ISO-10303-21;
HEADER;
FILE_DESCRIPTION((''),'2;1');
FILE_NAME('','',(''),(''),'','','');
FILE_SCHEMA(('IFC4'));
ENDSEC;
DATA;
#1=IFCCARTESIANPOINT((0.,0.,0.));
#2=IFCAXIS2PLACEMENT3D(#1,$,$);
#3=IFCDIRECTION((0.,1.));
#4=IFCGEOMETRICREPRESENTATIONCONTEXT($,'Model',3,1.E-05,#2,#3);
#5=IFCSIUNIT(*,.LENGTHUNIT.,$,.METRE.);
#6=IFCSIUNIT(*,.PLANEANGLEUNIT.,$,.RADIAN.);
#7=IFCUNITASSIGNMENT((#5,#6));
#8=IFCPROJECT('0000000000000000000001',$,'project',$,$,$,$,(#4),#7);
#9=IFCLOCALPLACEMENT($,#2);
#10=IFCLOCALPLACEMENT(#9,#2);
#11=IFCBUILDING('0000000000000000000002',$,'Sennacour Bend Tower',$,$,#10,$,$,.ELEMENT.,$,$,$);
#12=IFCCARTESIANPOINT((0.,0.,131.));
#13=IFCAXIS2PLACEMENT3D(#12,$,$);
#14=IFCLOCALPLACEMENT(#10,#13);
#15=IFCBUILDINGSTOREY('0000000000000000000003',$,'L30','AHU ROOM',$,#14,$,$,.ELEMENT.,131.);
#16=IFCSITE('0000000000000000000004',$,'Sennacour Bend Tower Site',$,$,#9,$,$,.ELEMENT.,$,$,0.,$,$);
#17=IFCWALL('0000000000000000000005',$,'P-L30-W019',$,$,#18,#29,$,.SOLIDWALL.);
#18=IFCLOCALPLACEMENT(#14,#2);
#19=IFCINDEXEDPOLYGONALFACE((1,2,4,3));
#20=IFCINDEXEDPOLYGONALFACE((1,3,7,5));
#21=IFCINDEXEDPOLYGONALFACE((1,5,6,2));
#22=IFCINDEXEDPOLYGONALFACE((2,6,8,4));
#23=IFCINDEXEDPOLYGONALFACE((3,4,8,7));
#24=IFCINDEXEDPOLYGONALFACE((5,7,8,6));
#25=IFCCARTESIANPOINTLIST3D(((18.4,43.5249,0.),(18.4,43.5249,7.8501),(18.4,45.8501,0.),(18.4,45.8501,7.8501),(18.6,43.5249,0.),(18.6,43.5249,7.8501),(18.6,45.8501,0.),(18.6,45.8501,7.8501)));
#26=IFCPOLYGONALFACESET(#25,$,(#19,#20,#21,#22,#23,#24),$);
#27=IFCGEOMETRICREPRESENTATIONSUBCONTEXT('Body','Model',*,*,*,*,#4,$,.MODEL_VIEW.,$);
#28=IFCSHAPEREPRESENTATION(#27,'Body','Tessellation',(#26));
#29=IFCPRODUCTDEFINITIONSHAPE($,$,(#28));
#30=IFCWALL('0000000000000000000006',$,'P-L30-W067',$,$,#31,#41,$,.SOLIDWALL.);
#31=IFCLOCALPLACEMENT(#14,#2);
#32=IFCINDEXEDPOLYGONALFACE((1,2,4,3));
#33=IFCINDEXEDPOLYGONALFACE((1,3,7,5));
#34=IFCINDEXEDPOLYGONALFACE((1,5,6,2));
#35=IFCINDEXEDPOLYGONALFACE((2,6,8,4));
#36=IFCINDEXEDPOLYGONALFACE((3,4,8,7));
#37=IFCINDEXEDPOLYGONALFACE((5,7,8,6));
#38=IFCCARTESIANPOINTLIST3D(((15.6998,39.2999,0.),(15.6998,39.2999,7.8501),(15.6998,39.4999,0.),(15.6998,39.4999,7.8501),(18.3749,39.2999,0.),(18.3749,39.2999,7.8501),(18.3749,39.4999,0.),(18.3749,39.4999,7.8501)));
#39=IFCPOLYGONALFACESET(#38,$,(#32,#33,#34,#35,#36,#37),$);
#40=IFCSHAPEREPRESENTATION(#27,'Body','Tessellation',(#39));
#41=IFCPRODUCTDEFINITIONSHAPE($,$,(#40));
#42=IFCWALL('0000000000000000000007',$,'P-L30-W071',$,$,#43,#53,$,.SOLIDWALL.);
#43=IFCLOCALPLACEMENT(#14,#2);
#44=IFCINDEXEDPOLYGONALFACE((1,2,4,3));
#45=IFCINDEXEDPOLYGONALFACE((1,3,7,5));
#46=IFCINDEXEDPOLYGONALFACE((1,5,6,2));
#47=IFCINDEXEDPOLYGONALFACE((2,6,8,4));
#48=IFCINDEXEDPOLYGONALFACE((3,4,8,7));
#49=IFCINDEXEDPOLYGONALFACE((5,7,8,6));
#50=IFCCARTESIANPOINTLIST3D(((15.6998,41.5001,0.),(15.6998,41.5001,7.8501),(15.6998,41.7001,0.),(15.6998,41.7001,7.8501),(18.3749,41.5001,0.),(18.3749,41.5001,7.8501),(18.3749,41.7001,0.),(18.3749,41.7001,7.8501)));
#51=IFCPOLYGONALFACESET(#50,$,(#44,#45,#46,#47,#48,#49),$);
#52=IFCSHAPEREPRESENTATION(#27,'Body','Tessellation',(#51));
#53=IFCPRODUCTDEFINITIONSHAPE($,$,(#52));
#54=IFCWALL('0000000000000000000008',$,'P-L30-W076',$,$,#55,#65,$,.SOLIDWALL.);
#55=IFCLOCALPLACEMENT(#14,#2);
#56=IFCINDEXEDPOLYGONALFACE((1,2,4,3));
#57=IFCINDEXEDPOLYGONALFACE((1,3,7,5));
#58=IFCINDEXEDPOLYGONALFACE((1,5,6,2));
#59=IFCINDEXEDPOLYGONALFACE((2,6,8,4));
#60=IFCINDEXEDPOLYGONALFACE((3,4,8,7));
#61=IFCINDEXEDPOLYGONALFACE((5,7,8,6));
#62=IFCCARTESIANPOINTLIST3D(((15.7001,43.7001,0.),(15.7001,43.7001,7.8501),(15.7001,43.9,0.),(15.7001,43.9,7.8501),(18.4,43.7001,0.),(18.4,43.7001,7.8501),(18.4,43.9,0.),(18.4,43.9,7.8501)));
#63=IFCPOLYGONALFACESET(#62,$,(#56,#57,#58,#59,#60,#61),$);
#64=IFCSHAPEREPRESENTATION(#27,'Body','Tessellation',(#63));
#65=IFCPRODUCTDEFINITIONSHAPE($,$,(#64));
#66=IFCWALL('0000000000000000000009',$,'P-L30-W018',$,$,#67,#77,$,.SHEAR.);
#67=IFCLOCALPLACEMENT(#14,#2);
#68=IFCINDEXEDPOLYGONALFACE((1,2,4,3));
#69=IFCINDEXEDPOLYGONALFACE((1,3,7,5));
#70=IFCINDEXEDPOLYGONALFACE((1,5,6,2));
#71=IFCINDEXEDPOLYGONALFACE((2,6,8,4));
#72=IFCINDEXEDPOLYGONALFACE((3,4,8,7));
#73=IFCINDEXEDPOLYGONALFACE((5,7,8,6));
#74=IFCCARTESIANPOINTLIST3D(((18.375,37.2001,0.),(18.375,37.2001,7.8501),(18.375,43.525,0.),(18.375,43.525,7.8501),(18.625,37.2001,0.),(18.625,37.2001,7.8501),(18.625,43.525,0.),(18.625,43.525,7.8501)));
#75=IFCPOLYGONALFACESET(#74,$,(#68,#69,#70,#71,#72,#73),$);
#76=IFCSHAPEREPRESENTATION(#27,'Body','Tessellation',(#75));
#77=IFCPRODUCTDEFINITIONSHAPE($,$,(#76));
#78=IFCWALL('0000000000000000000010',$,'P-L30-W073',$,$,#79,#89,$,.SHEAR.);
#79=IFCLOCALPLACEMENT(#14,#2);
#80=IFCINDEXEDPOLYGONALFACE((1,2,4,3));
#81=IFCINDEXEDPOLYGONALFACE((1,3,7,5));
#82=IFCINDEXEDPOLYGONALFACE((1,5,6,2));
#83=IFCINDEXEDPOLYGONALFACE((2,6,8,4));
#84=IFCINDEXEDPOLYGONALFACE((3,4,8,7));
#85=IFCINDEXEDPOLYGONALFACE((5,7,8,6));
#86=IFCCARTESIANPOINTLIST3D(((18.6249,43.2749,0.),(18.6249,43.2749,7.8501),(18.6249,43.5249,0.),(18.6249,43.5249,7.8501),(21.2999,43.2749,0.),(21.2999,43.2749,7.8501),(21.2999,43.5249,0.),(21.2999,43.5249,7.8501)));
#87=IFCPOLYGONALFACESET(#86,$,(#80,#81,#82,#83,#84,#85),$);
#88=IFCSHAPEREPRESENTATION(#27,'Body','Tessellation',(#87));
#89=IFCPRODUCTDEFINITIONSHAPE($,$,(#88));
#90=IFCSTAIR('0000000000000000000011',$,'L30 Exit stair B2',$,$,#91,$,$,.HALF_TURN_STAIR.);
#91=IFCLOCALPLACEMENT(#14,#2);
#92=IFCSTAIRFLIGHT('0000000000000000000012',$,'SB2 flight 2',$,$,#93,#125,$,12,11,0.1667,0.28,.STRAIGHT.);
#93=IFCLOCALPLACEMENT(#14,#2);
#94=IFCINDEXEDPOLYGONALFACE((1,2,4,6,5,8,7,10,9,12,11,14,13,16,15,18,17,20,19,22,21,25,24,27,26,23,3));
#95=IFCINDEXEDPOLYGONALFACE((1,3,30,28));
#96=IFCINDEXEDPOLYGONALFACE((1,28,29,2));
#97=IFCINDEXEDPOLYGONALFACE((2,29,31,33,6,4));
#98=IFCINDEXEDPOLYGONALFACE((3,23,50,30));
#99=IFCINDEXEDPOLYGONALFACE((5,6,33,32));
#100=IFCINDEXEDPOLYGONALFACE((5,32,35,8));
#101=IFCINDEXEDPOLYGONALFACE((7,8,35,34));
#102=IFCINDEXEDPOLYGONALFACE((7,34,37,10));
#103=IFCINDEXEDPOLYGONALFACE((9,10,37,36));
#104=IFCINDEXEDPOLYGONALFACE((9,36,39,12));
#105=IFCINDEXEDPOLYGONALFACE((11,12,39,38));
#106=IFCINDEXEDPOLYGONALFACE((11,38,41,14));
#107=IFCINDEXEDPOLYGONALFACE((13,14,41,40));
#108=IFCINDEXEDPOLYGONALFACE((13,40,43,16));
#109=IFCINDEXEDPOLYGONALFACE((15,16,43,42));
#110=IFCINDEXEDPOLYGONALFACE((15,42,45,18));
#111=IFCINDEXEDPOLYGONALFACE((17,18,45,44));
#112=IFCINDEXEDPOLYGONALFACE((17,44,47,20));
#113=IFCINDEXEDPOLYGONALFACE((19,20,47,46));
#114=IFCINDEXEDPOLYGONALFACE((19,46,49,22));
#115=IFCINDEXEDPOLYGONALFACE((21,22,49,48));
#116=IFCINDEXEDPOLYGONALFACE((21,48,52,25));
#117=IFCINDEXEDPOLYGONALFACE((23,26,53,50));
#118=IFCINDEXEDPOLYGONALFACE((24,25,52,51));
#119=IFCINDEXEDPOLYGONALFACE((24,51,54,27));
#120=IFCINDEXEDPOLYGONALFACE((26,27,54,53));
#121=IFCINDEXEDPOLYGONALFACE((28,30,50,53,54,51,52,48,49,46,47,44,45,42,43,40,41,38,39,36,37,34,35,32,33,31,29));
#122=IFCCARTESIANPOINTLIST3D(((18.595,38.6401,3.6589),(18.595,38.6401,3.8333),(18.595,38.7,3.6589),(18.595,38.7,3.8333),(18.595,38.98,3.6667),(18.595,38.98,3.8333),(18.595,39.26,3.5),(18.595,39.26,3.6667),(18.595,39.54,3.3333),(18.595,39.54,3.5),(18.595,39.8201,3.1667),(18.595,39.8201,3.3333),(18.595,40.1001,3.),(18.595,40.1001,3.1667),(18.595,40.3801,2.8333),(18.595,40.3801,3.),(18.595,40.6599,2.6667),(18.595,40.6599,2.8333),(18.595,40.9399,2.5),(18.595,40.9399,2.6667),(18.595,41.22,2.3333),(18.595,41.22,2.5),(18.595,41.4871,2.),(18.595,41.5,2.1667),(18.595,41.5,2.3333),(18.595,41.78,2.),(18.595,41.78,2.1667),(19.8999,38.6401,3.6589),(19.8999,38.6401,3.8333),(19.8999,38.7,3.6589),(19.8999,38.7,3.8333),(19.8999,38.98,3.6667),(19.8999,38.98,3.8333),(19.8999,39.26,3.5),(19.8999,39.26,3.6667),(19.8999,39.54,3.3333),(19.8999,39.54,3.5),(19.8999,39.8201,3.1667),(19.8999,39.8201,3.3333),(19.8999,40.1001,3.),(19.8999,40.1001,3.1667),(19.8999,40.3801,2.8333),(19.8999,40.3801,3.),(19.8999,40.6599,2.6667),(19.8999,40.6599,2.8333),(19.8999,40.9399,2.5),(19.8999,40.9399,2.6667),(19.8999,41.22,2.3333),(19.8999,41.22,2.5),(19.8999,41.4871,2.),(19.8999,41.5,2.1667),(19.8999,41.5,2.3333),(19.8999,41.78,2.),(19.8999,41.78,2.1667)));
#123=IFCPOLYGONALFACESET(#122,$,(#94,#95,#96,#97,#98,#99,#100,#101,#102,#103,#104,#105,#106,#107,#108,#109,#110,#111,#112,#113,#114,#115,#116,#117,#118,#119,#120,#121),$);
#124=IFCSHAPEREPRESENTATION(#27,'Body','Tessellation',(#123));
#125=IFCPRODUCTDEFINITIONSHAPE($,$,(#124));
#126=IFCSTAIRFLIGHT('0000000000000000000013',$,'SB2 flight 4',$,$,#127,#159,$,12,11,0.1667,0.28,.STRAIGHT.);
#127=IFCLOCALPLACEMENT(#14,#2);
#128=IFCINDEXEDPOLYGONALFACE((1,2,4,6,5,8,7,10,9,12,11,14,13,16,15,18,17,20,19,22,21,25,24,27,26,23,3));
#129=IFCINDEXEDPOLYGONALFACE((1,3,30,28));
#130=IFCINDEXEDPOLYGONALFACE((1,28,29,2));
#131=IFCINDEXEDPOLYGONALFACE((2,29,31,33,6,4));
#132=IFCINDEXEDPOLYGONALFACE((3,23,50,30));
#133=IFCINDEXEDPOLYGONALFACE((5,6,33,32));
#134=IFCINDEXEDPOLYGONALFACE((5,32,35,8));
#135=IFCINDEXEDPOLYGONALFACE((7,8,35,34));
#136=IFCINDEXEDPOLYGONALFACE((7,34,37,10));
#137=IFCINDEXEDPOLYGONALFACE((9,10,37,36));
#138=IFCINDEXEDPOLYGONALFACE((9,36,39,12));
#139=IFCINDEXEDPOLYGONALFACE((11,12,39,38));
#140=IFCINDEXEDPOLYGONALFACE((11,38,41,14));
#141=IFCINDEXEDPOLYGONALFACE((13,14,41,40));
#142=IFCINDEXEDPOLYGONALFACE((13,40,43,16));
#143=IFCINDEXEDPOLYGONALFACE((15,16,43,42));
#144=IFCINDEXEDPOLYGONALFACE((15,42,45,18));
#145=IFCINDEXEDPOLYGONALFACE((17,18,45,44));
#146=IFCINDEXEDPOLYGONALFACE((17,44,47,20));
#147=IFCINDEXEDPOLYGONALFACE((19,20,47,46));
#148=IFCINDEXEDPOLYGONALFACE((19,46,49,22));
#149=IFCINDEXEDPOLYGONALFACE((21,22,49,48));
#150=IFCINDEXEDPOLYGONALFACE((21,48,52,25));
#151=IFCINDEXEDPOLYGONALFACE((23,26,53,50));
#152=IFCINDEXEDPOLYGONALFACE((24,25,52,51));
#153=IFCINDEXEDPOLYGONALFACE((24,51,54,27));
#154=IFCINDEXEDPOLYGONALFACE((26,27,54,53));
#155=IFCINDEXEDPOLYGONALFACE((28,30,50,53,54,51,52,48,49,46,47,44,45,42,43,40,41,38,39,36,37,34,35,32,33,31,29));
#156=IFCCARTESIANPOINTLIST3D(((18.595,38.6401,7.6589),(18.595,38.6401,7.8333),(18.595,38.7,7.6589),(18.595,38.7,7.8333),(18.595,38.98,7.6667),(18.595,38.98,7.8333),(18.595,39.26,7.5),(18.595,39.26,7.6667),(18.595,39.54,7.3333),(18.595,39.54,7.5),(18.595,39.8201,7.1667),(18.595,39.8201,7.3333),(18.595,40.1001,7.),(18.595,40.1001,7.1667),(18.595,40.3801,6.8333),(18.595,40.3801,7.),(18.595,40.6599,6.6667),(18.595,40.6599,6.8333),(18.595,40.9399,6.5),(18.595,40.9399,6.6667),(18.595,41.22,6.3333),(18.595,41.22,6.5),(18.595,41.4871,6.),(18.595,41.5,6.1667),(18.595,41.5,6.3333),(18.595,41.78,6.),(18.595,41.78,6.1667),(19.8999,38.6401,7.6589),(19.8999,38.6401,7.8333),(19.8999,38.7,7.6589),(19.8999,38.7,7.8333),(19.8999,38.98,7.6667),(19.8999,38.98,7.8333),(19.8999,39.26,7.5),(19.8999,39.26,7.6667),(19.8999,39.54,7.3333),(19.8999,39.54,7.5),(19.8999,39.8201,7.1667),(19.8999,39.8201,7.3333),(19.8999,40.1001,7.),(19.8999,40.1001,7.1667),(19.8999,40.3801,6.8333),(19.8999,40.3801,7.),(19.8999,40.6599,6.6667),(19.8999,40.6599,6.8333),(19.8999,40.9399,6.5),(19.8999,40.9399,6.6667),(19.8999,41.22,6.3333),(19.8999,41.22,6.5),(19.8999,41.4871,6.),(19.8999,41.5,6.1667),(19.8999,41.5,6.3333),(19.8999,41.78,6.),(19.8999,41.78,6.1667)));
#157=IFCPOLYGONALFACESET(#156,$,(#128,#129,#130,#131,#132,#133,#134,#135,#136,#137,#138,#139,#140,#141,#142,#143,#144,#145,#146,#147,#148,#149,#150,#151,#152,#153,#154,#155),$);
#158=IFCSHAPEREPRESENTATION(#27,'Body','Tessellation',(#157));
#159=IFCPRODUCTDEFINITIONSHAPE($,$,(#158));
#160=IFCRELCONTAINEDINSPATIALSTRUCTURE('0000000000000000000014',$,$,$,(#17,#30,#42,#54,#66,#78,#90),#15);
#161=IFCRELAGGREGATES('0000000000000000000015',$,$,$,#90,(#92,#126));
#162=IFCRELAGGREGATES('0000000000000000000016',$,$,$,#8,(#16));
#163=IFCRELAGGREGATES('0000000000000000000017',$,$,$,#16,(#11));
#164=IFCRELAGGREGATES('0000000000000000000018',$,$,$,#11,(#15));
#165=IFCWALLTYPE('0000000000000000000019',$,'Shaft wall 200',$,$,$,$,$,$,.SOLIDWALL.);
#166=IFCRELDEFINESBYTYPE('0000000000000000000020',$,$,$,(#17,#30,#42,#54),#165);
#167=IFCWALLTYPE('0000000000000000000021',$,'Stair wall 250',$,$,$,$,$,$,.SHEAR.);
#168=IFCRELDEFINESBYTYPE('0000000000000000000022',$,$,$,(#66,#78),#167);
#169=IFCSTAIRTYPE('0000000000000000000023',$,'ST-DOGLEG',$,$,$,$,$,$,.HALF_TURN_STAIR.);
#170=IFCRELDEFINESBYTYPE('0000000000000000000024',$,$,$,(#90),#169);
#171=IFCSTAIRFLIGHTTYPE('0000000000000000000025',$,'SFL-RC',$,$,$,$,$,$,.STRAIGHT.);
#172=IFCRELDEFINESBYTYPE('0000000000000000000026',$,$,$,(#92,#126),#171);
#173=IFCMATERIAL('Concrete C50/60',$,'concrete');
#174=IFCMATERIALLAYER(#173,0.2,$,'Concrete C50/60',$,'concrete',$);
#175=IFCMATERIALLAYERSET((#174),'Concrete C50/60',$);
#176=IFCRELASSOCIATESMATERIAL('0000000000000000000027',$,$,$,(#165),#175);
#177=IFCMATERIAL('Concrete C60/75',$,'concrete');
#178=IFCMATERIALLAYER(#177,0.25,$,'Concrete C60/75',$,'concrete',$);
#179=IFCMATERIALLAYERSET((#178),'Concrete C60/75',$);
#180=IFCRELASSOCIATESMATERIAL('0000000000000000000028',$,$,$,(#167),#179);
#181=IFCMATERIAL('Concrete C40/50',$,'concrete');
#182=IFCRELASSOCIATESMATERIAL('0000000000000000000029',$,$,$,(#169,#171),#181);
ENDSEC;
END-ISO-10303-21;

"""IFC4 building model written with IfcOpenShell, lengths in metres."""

from ifc_helpers import new_model, si_unit, direction, frame, frame_2d, origin, place, context, subcontext, project, spatial, polyline, rectangle, outline, extrude, material, layer, layer_set, type_object, element, aggregate, save


model = new_model("IFC4")

# Units and contexts
model_context = context("Model", 3, precision=1e-05, world=origin(), true_north=direction((0.0, 1.0)))
body_context = subcontext(model_context, "Body", "Model", "MODEL_VIEW")
ifc_project = project(units=[si_unit("LENGTHUNIT", "METRE"), si_unit("PLANEANGLEUNIT", "RADIAN")], contexts=[model_context])

# Site, building, storey
site_placement = place(None, origin())
site = spatial("IfcSite", under=ifc_project, at=site_placement, Name="Sennacour Bend Tower Site", CompositionType="ELEMENT", RefElevation=0.0)
building_placement = place(site_placement, origin())
building = spatial("IfcBuilding", under=site, at=building_placement, Name="Sennacour Bend Tower", CompositionType="ELEMENT")
storey_placement = place(building_placement, frame((0.0, 0.0, 131.0)))
storey = spatial("IfcBuildingStorey", under=building, at=storey_placement, Name="L30", Description="AHU ROOM", CompositionType="ELEMENT", Elevation=131.0)

# Shared definitions
ifc_material_1 = material(Name="Concrete C50/60", Category="concrete")
ifc_layer_1 = layer(ifc_material_1, 0.2, Name="Concrete C50/60", Category="concrete")
ifc_layer_set_1 = layer_set([ifc_layer_1], Name="Concrete C50/60")
wall_type_1 = type_object("IfcWallType", Name="Shaft wall 200", PredefinedType="SOLIDWALL", material=ifc_layer_set_1)

# Walls
wall_1_placement = place(storey_placement, frame((18.5, 43.5249, 0.0), z_axis=(0.0, 0.0, 1.0), x_axis=(0.0, 1.0, 0.0)))
element("IfcWall", 1, at=wall_1_placement, inside=storey, type_object=wall_type_1, Name="P-L30-W019", PredefinedType="SOLIDWALL", context=body_context, shape_type="SweptSolid", body=[
    extrude(rectangle(XDim=2.3252, YDim=0.2, at=frame_2d((1.1626, 0.0))), origin(), (0.0, 0.0, 1.0), 7.8501),
])
for number, where, z_axis, x_axis, name in (
    (2, (15.7, 39.3999, 0.0), (0.0, 0.0, 1.0), (1.0, 0.0, 0.0), "P-L30-W067"),
    (3, (15.7, 41.6001, 0.0), (0.0, 0.0, 1.0), (1.0, 0.0, 0.0), "P-L30-W071"),
):
    element("IfcWall", number, at=place(storey_placement, frame(where, z_axis=z_axis, x_axis=x_axis)), inside=storey, type_object=wall_type_1, Name=name, PredefinedType="SOLIDWALL", context=body_context, shape_type="SweptSolid", body=[
        extrude(rectangle(XDim=2.675, YDim=0.2, at=frame_2d((1.3374, 0.0))), origin(), (0.0, 0.0, 1.0), 7.8501),
    ])
wall_2_placement = place(storey_placement, frame((15.7, 43.8, 0.0), z_axis=(0.0, 0.0, 1.0), x_axis=(1.0, 0.0, 0.0)))
element("IfcWall", 4, at=wall_2_placement, inside=storey, type_object=wall_type_1, Name="P-L30-W076", PredefinedType="SOLIDWALL", context=body_context, shape_type="SweptSolid", body=[
    extrude(rectangle(XDim=2.7, YDim=0.2, at=frame_2d((1.3501, 0.0))), origin(), (0.0, 0.0, 1.0), 7.8501),
])
ifc_material_2 = material(Name="Concrete C60/75", Category="concrete")
ifc_layer_2 = layer(ifc_material_2, 0.25, Name="Concrete C60/75", Category="concrete")
ifc_layer_set_2 = layer_set([ifc_layer_2], Name="Concrete C60/75")
wall_type_2 = type_object("IfcWallType", Name="Stair wall 250", PredefinedType="SHEAR", material=ifc_layer_set_2)
wall_3_placement = place(storey_placement, frame((18.5, 37.2, 0.0), z_axis=(0.0, 0.0, 1.0), x_axis=(0.0, 1.0, 0.0)))
element("IfcWall", 5, at=wall_3_placement, inside=storey, type_object=wall_type_2, Name="P-L30-W018", PredefinedType="SHEAR", context=body_context, shape_type="SweptSolid", body=[
    extrude(rectangle(XDim=6.325, YDim=0.25, at=frame_2d((3.1626, 0.0))), origin(), (0.0, 0.0, 1.0), 7.8501),
])
wall_4_placement = place(storey_placement, frame((18.625, 43.3999, 0.0), z_axis=(0.0, 0.0, 1.0), x_axis=(1.0, 0.0, 0.0)))
element("IfcWall", 6, at=wall_4_placement, inside=storey, type_object=wall_type_2, Name="P-L30-W073", PredefinedType="SHEAR", context=body_context, shape_type="SweptSolid", body=[
    extrude(rectangle(XDim=2.675, YDim=0.25, at=frame_2d((1.3374, 0.0))), origin(), (0.0, 0.0, 1.0), 7.8501),
])

# Stair, stair flights
ifc_material_3 = material(Name="Concrete C40/50", Category="concrete")
stair_type = type_object("IfcStairType", Name="ST-DOGLEG", PredefinedType="HALF_TURN_STAIR", material=ifc_material_3)
stair_placement = place(storey_placement, origin())
stair = element("IfcStair", 7, at=stair_placement, inside=storey, type_object=stair_type, Name="L30 Exit stair B2", PredefinedType="HALF_TURN_STAIR")
stair_flight_type = type_object("IfcStairFlightType", Name="SFL-RC", PredefinedType="STRAIGHT", material=ifc_material_3)
stair_flight_1_placement = place(storey_placement, frame((19.2476, 41.78, 2.0), z_axis=(0.0, 0.0, 1.0), x_axis=(0.0, -1.0, 0.0)))
stair_flight_1 = element("IfcStairFlight", 8, at=stair_flight_1_placement, type_object=stair_flight_type, Name="SB2 flight 2", NumberOfRisers=12, NumberOfTreads=11, PredefinedType="STRAIGHT", RiserHeight=0.1667, TreadLength=0.28, context=body_context, shape_type="SweptSolid", body=[
    extrude(outline(polyline([(0.0, 0.0), (0.0, 0.1667), (0.28, 0.1667), (0.28, 0.3333), (0.5601, 0.3333), (0.5601, 0.5), (0.8401, 0.5), (0.8401, 0.6667), (1.1201, 0.6667), (1.1201, 0.8333), (1.3999, 0.8333), (1.3999, 1.0), (1.6799, 1.0), (1.6799, 1.1667), (1.96, 1.1667), (1.96, 1.3333), (2.24, 1.3333), (2.24, 1.5), (2.52, 1.5), (2.52, 1.6667), (2.8, 1.6667), (2.8, 1.8333), (3.0801, 1.8333), (3.1399, 1.8333), (3.1399, 1.6589), (3.0801, 1.6589), (0.293, 0.0), (0.0, 0.0)])), frame((0.0, 0.6523, 0.0), z_axis=(0.0, -1.0, 0.0), x_axis=(1.0, 0.0, 0.0)), (0.0, 0.0, 1.0), 1.3049),
])
stair_flight_2_placement = place(storey_placement, frame((19.2476, 41.78, 6.0), z_axis=(0.0, 0.0, 1.0), x_axis=(0.0, -1.0, 0.0)))
stair_flight_2 = element("IfcStairFlight", 9, at=stair_flight_2_placement, type_object=stair_flight_type, Name="SB2 flight 4", NumberOfRisers=12, NumberOfTreads=11, PredefinedType="STRAIGHT", RiserHeight=0.1667, TreadLength=0.28, context=body_context, shape_type="SweptSolid", body=[
    extrude(outline(polyline([(0.0, 0.0), (0.0, 0.1667), (0.28, 0.1667), (0.28, 0.3333), (0.5601, 0.3333), (0.5601, 0.5), (0.8401, 0.5), (0.8401, 0.6667), (1.1201, 0.6667), (1.1201, 0.8333), (1.3999, 0.8333), (1.3999, 1.0), (1.6799, 1.0), (1.6799, 1.1667), (1.96, 1.1667), (1.96, 1.3333), (2.24, 1.3333), (2.24, 1.5), (2.52, 1.5), (2.52, 1.6667), (2.8, 1.6667), (2.8, 1.8333), (3.0801, 1.8333), (3.1399, 1.8333), (3.1399, 1.6589), (3.0801, 1.6589), (0.293, 0.0), (0.0, 0.0)])), frame((0.0, 0.6523, 0.0), z_axis=(0.0, -1.0, 0.0), x_axis=(1.0, 0.0, 0.0)), (0.0, 0.0, 1.0), 1.3049),
])
aggregate(stair, [stair_flight_1, stair_flight_2])

save(model, "model.ifc")
